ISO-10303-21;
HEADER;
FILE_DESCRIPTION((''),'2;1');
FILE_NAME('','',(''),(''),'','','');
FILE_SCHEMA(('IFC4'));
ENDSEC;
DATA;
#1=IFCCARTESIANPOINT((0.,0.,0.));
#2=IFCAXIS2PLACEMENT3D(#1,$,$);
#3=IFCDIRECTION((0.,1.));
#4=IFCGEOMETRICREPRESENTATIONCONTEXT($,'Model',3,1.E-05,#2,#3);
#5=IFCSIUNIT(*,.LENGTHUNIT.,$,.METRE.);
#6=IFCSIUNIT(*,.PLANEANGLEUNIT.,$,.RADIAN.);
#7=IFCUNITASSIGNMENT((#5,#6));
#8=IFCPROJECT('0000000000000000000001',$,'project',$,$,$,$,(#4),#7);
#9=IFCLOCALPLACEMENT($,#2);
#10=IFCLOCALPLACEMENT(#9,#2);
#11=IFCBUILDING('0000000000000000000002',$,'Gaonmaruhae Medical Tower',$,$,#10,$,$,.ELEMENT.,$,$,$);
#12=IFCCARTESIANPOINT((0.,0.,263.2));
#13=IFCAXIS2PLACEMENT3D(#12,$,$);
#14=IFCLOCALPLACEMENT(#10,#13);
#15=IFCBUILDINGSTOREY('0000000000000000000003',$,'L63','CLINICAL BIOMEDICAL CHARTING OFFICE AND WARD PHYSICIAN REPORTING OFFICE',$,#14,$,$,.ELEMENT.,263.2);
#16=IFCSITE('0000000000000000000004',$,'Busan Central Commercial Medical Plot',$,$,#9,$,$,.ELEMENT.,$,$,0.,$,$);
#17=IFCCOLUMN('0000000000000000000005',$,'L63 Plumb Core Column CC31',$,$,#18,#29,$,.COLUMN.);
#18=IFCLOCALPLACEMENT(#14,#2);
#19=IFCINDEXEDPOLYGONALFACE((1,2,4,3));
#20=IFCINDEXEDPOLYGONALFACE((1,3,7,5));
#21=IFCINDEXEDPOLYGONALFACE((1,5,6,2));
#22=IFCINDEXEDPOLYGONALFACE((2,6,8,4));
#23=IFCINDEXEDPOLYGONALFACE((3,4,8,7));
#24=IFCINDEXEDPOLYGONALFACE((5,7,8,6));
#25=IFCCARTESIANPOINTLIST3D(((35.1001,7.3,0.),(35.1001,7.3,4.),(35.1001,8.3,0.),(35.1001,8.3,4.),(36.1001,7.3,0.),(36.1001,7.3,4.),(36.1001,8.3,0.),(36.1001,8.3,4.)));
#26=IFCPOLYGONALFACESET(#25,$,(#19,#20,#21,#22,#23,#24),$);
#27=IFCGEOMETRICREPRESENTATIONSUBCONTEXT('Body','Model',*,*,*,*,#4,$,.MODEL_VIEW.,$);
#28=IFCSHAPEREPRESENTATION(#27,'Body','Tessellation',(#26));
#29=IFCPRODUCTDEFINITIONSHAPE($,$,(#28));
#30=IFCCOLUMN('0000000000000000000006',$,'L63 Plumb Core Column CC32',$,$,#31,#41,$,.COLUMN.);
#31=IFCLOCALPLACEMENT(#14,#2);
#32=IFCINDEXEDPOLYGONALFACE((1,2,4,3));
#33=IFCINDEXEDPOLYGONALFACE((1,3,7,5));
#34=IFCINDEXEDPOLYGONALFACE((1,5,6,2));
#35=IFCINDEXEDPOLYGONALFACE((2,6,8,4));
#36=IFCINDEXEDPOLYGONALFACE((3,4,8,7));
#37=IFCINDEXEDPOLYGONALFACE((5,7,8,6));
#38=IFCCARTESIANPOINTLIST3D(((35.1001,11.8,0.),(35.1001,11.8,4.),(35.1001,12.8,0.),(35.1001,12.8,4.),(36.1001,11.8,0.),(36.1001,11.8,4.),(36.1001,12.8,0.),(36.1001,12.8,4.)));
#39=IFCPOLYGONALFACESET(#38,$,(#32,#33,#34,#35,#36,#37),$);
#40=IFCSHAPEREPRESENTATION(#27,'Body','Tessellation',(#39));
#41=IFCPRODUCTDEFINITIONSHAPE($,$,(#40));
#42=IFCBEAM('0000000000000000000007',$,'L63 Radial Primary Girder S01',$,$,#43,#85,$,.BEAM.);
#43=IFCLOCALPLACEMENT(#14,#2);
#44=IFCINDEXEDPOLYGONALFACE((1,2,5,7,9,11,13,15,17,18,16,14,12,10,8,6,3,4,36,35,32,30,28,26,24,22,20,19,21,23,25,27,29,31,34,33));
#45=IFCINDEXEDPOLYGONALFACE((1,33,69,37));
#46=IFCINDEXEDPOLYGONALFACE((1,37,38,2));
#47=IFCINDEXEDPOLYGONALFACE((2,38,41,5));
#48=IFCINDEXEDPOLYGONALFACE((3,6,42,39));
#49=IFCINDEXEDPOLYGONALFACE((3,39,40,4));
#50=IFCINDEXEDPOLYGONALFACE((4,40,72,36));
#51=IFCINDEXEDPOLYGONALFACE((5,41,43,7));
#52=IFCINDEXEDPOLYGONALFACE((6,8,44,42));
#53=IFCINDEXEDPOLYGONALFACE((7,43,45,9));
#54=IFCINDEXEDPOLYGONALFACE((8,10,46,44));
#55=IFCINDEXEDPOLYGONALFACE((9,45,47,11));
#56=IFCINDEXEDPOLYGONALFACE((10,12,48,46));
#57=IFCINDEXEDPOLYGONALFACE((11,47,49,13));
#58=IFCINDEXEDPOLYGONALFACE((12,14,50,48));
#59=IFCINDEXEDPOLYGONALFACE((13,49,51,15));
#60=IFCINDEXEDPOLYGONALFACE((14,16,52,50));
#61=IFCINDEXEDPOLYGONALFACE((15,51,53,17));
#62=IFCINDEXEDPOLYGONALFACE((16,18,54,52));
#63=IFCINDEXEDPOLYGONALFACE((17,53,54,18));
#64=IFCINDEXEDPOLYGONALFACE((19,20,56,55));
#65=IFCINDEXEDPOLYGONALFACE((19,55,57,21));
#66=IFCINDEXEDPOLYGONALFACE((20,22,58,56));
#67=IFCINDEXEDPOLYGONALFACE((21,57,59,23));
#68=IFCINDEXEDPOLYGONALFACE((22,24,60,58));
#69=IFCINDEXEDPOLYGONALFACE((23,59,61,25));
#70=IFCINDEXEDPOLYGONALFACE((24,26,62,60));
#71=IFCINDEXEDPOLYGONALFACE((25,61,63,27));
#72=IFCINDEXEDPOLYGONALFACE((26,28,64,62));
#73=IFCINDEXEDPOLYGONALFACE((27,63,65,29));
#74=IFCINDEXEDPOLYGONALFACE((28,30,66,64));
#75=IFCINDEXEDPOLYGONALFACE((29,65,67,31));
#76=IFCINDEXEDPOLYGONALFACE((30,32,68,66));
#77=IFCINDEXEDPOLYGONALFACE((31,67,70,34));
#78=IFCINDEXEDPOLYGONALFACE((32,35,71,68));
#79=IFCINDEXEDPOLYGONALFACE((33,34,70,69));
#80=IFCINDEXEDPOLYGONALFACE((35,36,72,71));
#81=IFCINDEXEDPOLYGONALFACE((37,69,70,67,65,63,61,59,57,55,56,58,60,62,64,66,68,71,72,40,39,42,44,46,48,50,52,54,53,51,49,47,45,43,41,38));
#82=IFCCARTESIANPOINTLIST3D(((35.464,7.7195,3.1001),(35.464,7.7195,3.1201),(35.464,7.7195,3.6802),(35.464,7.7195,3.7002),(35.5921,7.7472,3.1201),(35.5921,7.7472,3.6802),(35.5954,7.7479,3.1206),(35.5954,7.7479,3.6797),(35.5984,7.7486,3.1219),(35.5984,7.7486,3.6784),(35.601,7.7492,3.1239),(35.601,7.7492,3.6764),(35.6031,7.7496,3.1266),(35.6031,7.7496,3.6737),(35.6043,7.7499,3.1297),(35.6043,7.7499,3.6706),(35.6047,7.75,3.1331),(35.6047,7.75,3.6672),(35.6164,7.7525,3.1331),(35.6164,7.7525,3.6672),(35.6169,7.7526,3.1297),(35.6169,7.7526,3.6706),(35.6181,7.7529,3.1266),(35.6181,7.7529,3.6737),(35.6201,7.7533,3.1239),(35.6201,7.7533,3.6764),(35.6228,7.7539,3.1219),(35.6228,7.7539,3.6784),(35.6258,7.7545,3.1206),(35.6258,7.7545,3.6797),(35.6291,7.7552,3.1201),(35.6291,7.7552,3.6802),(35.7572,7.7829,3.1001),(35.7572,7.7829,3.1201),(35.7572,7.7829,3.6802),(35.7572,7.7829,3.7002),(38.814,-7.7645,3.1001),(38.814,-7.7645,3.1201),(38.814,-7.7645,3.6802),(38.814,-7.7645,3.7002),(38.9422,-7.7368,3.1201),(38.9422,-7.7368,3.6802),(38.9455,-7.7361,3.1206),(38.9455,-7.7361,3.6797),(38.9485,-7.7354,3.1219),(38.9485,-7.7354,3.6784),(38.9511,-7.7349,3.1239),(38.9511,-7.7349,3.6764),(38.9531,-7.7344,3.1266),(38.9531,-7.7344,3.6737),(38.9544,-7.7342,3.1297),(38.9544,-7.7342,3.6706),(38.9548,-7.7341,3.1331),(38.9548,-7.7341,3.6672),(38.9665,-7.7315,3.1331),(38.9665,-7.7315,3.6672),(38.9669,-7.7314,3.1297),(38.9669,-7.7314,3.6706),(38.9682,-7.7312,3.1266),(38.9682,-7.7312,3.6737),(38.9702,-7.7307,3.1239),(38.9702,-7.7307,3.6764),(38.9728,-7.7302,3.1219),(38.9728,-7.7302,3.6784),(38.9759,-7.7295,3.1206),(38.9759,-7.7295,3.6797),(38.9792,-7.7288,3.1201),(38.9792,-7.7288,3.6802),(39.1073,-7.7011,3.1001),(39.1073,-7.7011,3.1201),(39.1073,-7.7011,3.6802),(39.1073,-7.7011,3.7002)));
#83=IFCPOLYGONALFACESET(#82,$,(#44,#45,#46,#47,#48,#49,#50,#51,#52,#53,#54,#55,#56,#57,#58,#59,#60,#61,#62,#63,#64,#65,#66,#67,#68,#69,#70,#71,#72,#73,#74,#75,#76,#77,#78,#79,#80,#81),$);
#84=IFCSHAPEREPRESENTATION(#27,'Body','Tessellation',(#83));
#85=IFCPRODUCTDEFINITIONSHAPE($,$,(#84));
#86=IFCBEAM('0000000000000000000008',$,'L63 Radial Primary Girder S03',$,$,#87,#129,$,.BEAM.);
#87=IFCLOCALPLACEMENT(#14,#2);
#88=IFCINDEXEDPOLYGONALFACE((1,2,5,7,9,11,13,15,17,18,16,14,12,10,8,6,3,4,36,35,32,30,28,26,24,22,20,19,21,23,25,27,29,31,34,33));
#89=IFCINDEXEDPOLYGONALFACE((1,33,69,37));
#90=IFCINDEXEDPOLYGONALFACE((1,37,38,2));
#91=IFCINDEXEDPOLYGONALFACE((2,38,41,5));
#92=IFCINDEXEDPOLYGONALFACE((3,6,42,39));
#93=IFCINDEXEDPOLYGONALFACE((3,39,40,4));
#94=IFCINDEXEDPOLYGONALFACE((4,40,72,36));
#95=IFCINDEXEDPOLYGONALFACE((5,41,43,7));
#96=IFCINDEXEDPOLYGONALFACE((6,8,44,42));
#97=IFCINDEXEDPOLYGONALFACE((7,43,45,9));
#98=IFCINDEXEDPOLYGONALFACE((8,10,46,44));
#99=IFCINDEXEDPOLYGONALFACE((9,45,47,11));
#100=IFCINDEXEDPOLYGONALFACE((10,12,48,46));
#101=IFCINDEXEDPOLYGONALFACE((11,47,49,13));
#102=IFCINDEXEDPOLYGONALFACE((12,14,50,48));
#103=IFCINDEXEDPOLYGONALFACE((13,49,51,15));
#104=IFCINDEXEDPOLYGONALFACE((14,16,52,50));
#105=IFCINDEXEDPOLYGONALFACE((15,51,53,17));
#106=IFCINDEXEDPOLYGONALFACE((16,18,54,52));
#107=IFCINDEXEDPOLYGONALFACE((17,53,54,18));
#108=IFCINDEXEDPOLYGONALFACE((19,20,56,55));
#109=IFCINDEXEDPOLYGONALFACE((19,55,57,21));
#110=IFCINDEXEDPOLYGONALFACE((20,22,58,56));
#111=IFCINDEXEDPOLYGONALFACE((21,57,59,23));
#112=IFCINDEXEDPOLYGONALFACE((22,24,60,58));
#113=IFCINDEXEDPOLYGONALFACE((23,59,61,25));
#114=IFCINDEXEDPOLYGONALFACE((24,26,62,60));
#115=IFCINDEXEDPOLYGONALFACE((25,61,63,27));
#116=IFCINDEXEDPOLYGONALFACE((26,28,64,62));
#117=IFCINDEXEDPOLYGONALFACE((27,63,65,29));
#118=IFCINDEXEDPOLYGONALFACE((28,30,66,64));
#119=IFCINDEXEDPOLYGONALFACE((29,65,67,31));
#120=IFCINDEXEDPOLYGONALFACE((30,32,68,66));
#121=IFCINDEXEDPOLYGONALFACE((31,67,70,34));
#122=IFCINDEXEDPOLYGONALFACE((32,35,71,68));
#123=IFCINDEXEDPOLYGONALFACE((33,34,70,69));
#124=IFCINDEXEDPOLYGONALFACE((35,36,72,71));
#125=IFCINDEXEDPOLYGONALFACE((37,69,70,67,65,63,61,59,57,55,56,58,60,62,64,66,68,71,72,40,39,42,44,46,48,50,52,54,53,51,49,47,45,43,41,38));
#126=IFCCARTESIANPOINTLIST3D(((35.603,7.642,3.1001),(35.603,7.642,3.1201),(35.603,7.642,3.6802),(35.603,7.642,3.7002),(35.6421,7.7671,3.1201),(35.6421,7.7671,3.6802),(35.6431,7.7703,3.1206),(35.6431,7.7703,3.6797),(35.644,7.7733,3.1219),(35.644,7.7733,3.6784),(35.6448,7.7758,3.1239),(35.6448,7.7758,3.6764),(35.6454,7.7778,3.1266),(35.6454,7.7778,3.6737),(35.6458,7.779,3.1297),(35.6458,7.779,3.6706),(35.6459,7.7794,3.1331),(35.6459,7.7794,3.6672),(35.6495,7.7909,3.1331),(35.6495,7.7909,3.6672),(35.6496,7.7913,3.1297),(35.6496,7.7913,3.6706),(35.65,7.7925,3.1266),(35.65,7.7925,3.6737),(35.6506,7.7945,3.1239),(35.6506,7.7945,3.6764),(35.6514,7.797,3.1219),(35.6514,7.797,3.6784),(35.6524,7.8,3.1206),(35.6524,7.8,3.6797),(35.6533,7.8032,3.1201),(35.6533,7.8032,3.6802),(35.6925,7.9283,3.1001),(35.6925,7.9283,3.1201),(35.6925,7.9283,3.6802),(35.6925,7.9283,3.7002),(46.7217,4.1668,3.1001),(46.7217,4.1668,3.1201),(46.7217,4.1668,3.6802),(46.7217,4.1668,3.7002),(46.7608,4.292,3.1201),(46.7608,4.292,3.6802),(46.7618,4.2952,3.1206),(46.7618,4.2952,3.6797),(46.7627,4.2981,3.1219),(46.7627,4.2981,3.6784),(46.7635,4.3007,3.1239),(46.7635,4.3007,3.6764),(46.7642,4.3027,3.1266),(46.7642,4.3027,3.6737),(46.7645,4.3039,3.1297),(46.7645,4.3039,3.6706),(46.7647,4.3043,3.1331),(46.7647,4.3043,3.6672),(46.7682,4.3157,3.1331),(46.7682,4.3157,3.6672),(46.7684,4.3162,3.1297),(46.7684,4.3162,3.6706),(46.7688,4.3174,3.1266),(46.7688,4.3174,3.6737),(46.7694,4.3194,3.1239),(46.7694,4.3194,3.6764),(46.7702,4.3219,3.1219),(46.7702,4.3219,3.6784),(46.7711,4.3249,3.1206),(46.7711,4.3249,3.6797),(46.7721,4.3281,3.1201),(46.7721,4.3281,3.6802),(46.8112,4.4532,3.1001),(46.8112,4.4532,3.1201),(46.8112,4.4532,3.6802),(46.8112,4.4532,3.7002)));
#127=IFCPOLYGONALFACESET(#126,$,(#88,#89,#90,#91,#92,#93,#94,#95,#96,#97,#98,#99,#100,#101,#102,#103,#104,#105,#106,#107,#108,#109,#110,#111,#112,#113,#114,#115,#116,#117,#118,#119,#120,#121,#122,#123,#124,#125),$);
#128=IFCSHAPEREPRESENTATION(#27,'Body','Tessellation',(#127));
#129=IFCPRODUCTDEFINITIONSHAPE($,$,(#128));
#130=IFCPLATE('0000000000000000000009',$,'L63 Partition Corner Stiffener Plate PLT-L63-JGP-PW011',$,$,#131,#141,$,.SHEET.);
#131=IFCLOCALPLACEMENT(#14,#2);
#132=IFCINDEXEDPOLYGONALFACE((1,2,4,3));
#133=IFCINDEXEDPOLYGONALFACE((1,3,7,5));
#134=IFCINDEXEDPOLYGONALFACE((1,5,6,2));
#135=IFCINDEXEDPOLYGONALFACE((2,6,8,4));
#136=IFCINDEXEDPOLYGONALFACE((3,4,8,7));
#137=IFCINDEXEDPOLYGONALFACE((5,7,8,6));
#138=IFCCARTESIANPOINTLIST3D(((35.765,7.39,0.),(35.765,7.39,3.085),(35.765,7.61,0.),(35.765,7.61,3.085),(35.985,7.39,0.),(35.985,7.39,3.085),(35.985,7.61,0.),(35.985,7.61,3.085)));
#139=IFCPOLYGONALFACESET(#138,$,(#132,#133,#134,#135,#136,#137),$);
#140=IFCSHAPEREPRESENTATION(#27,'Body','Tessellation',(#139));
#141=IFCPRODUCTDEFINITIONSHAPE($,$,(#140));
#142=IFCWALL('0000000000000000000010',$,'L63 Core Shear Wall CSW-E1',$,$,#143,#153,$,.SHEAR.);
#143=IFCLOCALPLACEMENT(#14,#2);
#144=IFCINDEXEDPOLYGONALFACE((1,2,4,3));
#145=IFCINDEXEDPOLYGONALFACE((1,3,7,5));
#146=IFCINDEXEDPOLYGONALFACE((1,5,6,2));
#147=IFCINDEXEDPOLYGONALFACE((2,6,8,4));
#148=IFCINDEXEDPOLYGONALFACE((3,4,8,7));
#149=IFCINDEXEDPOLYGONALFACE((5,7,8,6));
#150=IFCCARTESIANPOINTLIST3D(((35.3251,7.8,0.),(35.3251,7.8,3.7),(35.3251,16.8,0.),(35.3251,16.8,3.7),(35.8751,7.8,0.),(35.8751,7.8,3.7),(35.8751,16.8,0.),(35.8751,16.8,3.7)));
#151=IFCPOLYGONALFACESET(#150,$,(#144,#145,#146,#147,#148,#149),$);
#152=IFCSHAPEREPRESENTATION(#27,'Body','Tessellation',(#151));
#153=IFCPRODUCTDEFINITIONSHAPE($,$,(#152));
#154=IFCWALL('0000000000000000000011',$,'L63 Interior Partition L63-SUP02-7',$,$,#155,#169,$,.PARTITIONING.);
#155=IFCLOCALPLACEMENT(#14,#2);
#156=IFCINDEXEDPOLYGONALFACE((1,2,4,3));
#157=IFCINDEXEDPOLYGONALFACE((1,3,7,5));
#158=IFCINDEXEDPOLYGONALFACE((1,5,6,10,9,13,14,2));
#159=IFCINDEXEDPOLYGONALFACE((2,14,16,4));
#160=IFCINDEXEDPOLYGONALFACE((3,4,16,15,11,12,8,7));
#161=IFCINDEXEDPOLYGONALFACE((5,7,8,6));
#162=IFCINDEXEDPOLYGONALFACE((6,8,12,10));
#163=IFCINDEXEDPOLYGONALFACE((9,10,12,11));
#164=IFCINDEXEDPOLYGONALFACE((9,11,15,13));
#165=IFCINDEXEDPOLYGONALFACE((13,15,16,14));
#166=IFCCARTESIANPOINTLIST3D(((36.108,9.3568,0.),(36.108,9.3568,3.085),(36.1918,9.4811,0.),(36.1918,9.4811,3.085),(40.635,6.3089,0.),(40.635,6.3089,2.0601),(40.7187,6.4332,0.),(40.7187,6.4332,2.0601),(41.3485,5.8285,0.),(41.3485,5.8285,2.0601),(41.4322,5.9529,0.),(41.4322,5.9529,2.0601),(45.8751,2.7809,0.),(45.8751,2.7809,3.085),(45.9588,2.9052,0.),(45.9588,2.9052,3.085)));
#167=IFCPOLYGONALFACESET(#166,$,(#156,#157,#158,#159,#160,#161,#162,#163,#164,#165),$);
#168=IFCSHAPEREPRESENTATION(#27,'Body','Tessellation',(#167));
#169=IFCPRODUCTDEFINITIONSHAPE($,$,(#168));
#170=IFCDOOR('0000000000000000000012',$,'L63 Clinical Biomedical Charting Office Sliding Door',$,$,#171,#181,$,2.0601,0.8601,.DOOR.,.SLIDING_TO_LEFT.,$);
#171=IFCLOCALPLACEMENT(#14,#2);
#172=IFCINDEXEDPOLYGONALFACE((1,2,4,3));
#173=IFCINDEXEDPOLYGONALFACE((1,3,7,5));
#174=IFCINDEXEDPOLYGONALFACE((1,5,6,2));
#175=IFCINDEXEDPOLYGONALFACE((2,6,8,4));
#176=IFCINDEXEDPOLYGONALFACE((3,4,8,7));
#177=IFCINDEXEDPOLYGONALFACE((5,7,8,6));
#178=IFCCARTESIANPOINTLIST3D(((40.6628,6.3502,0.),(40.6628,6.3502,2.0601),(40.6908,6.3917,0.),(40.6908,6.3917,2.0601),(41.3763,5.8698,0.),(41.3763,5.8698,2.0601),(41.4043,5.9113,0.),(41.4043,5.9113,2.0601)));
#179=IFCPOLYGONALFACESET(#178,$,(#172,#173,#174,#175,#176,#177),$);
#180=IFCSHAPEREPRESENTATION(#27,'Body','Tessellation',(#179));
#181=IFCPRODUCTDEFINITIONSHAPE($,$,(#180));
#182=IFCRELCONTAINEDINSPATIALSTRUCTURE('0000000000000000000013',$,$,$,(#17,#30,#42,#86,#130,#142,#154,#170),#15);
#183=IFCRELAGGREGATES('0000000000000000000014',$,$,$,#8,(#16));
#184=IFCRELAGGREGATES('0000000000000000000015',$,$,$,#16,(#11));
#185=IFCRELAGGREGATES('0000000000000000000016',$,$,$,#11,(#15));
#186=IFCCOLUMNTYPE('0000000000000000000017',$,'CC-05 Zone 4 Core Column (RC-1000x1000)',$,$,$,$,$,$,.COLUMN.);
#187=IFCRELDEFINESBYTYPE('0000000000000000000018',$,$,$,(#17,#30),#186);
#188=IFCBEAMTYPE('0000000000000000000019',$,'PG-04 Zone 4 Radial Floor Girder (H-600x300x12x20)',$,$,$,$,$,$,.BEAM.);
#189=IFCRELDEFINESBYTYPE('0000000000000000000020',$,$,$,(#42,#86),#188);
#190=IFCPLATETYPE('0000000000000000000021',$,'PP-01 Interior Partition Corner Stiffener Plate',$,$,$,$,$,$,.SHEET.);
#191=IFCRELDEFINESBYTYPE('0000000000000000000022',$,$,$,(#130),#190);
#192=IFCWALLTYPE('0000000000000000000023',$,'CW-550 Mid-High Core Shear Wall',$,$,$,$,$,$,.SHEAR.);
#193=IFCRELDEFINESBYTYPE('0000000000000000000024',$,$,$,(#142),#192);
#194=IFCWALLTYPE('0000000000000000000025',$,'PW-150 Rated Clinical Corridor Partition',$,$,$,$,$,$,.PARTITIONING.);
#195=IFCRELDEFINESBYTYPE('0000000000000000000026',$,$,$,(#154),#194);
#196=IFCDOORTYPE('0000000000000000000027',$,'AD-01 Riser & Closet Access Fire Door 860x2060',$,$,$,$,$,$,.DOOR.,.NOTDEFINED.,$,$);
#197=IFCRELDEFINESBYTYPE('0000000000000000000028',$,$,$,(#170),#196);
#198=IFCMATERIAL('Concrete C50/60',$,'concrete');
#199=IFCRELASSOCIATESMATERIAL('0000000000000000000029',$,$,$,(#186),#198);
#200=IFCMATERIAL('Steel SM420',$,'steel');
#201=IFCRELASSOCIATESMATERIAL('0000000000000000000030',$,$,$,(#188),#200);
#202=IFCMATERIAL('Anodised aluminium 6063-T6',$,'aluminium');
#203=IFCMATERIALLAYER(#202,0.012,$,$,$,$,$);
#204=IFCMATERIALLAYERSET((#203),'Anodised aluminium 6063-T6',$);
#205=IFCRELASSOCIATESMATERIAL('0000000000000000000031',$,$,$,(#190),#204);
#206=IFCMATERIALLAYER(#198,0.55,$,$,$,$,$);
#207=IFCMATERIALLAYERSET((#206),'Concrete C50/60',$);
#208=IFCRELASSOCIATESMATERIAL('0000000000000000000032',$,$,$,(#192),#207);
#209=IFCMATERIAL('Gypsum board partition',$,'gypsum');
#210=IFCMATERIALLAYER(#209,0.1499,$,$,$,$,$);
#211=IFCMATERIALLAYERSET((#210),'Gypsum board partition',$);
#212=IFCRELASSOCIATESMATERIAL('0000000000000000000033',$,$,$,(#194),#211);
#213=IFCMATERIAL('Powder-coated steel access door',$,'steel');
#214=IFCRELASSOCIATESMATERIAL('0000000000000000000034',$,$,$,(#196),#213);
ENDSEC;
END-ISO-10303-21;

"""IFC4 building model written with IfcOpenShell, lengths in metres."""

from ifc_helpers import new_model, si_unit, direction, frame, frame_2d, origin, origin_2d, place, context, subcontext, project, spatial, rectangle, i_section, extrude, material, layer, layer_set, material_profile, profile_set, type_object, element, fill, save


model = new_model("IFC4")

# Units and contexts
model_context = context("Model", 3, precision=1e-05, world=origin(), true_north=direction((0.0, 1.0)))
body_context = subcontext(model_context, "Body", "Model", "MODEL_VIEW")
ifc_project = project(units=[si_unit("LENGTHUNIT", "METRE"), si_unit("PLANEANGLEUNIT", "RADIAN")], contexts=[model_context])

# Site, building, storey
site_placement = place(None, origin())
site = spatial("IfcSite", under=ifc_project, at=site_placement, Name="Busan Central Commercial Medical Plot", CompositionType="ELEMENT", RefElevation=0.0)
building_placement = place(site_placement, origin())
building = spatial("IfcBuilding", under=site, at=building_placement, Name="Gaonmaruhae Medical Tower", CompositionType="ELEMENT")
storey_placement = place(building_placement, frame((0.0, 0.0, 263.2)))
storey = spatial("IfcBuildingStorey", under=building, at=storey_placement, Name="L63", Description="CLINICAL BIOMEDICAL CHARTING OFFICE AND WARD PHYSICIAN REPORTING OFFICE", CompositionType="ELEMENT", Elevation=263.2)

# Columns
ifc_material_1 = material(Name="Concrete C50/60", Category="concrete")
ifc_material_profile_1 = material_profile(ifc_material_1, rectangle(XDim=1.0, YDim=1.0, at=origin_2d()), Name="RC-1000x1000")
ifc_profile_set_1 = profile_set([ifc_material_profile_1], Name="Concrete C50/60")
column_type = type_object("IfcColumnType", Name="CC-05 Zone 4 Core Column (RC-1000x1000)", PredefinedType="COLUMN", material=ifc_profile_set_1)
for number, where, z_axis, x_axis, name in (
    (1, (35.6001, 7.8, 0.0), (0.0, 0.0, 1.0), (1.0, 0.0, 0.0), "L63 Plumb Core Column CC31"),
    (2, (35.6001, 12.3, 0.0), (0.0, 0.0, 1.0), (1.0, 0.0, 0.0), "L63 Plumb Core Column CC32"),
):
    element("IfcColumn", number, at=place(storey_placement, frame(where, z_axis=z_axis, x_axis=x_axis)), inside=storey, type_object=column_type, Name=name, PredefinedType="COLUMN", context=body_context, shape_type="SweptSolid", body=[
        extrude(rectangle(XDim=1.0, YDim=1.0, at=origin_2d()), origin(), (0.0, 0.0, 1.0), 4.0),
    ])

# Beams
ifc_material_2 = material(Name="Steel SM420", Category="steel")
ifc_material_profile_2 = material_profile(ifc_material_2, i_section(OverallWidth=0.3, OverallDepth=0.6001, WebThickness=0.012, FlangeThickness=0.02, FilletRadius=0.0129, at=origin_2d()), Name="H-600x300x12x20")
ifc_profile_set_2 = profile_set([ifc_material_profile_2], Name="Steel SM420")
beam_type = type_object("IfcBeamType", Name="PG-04 Zone 4 Radial Floor Girder (H-600x300x12x20)", PredefinedType="BEAM", material=ifc_profile_set_2)
beam_1_placement = place(storey_placement, frame((35.6106, 7.7512, 3.4001), z_axis=(0.211464, -0.977386, 0.0), x_axis=(0.977386, 0.211464, 0.0)))
element("IfcBeam", 3, at=beam_1_placement, inside=storey, type_object=beam_type, Name="L63 Radial Primary Girder S01", PredefinedType="BEAM", context=body_context, shape_type="SweptSolid", body=[
    extrude(i_section(OverallWidth=0.3, OverallDepth=0.6001, WebThickness=0.012, FlangeThickness=0.02, FilletRadius=0.0129, at=origin_2d()), origin(), (0.0, 0.0, 1.0), 15.8423),
])
beam_2_placement = place(storey_placement, frame((35.6477, 7.7852, 3.4001), z_axis=(0.954467, -0.298316, 0.0), x_axis=(0.298316, 0.954467, 0.0)))
element("IfcBeam", 4, at=beam_2_placement, inside=storey, type_object=beam_type, Name="L63 Radial Primary Girder S03", PredefinedType="BEAM", context=body_context, shape_type="SweptSolid", body=[
    extrude(i_section(OverallWidth=0.3, OverallDepth=0.6001, WebThickness=0.012, FlangeThickness=0.02, FilletRadius=0.0129, at=origin_2d()), origin(), (0.0, 0.0, 1.0), 11.6492),
])

# Plate
ifc_material_3 = material(Name="Anodised aluminium 6063-T6", Category="aluminium")
ifc_layer_1 = layer(ifc_material_3, 0.012)
ifc_layer_set_1 = layer_set([ifc_layer_1], Name="Anodised aluminium 6063-T6")
plate_type = type_object("IfcPlateType", Name="PP-01 Interior Partition Corner Stiffener Plate", PredefinedType="SHEET", material=ifc_layer_set_1)
plate_placement = place(storey_placement, frame((35.875, 7.5, 0.0), z_axis=(0.0, 0.0, 1.0), x_axis=(1.0, 0.0, 0.0)))
element("IfcPlate", 5, at=plate_placement, inside=storey, type_object=plate_type, Name="L63 Partition Corner Stiffener Plate PLT-L63-JGP-PW011", PredefinedType="SHEET", context=body_context, shape_type="SweptSolid", body=[
    extrude(rectangle(XDim=0.22, YDim=0.22, at=origin_2d()), origin(), (0.0, 0.0, 1.0), 3.085),
])

# Wall
ifc_layer_2 = layer(ifc_material_1, 0.55)
ifc_layer_set_2 = layer_set([ifc_layer_2], Name="Concrete C50/60")
wall_type_1 = type_object("IfcWallType", Name="CW-550 Mid-High Core Shear Wall", PredefinedType="SHEAR", material=ifc_layer_set_2)
wall_1_placement = place(storey_placement, frame((35.6001, 7.8, 0.0), z_axis=(0.0, 0.0, 1.0), x_axis=(0.0, 1.0, 0.0)))
element("IfcWall", 6, at=wall_1_placement, inside=storey, type_object=wall_type_1, Name="L63 Core Shear Wall CSW-E1", PredefinedType="SHEAR", context=body_context, shape_type="SweptSolid", body=[
    extrude(rectangle(XDim=9.0, YDim=0.55, at=frame_2d((4.5, 0.0))), origin(), (0.0, 0.0, 1.0), 3.7),
])

# Wall, opening, door
ifc_material_4 = material(Name="Gypsum board partition", Category="gypsum")
ifc_layer_3 = layer(ifc_material_4, 0.1499)
ifc_layer_set_3 = layer_set([ifc_layer_3], Name="Gypsum board partition")
wall_type_2 = type_object("IfcWallType", Name="PW-150 Rated Clinical Corridor Partition", PredefinedType="PARTITIONING", material=ifc_layer_set_3)
wall_2_placement = place(storey_placement, frame((36.1499, 9.4189, 0.0), z_axis=(0.0, 0.0, 1.0), x_axis=(0.829512, -0.558489, 0.0)))
wall_2 = element("IfcWall", 7, at=wall_2_placement, inside=storey, type_object=wall_type_2, Name="L63 Interior Partition L63-SUP02-7", PredefinedType="PARTITIONING", context=body_context, shape_type="SweptSolid", body=[
    extrude(rectangle(XDim=11.7744, YDim=0.1499, at=frame_2d((5.8872, 0.0))), origin(), (0.0, 0.0, 1.0), 3.085),
])
opening_1_placement = place(wall_2_placement, frame((5.4573, 0.0, 0.0)))
opening_1 = element("IfcOpeningElement", 8, at=opening_1_placement, cuts=wall_2, PredefinedType="OPENING", context=body_context, shape_type="SweptSolid", body=[
    extrude(rectangle(XDim=0.8601, YDim=2.0601, at=frame_2d((0.4302, 1.03))), frame((0.0, 0.085, 0.0), z_axis=(0.0, -1.0, 0.0), x_axis=(1.0, 0.0, 0.0)), (0.0, 0.0, 1.0), 0.1699),
])
ifc_material_5 = material(Name="Powder-coated steel access door", Category="steel")
door_type_1 = type_object("IfcDoorType", Name="AD-01 Riser & Closet Access Fire Door 860x2060", OperationType="NOTDEFINED", PredefinedType="DOOR", material=ifc_material_5)
door_1_placement = place(opening_1_placement, origin())
door_1 = element("IfcDoor", 9, at=door_1_placement, inside=storey, type_object=door_type_1, Name="L63 Clinical Biomedical Charting Office Sliding Door", OperationType="SLIDING_TO_LEFT", OverallHeight=2.0601, OverallWidth=0.8601, PredefinedType="DOOR", context=body_context, shape_type="SweptSolid", body=[
    extrude(rectangle(XDim=0.8601, YDim=2.0601, at=frame_2d((0.4302, 1.03))), frame((0.0, 0.0249, 0.0), z_axis=(0.0, -1.0, 0.0), x_axis=(1.0, 0.0, 0.0)), (0.0, 0.0, 1.0), 0.05),
])
fill(opening_1, door_1)

save(model, "model.ifc")
